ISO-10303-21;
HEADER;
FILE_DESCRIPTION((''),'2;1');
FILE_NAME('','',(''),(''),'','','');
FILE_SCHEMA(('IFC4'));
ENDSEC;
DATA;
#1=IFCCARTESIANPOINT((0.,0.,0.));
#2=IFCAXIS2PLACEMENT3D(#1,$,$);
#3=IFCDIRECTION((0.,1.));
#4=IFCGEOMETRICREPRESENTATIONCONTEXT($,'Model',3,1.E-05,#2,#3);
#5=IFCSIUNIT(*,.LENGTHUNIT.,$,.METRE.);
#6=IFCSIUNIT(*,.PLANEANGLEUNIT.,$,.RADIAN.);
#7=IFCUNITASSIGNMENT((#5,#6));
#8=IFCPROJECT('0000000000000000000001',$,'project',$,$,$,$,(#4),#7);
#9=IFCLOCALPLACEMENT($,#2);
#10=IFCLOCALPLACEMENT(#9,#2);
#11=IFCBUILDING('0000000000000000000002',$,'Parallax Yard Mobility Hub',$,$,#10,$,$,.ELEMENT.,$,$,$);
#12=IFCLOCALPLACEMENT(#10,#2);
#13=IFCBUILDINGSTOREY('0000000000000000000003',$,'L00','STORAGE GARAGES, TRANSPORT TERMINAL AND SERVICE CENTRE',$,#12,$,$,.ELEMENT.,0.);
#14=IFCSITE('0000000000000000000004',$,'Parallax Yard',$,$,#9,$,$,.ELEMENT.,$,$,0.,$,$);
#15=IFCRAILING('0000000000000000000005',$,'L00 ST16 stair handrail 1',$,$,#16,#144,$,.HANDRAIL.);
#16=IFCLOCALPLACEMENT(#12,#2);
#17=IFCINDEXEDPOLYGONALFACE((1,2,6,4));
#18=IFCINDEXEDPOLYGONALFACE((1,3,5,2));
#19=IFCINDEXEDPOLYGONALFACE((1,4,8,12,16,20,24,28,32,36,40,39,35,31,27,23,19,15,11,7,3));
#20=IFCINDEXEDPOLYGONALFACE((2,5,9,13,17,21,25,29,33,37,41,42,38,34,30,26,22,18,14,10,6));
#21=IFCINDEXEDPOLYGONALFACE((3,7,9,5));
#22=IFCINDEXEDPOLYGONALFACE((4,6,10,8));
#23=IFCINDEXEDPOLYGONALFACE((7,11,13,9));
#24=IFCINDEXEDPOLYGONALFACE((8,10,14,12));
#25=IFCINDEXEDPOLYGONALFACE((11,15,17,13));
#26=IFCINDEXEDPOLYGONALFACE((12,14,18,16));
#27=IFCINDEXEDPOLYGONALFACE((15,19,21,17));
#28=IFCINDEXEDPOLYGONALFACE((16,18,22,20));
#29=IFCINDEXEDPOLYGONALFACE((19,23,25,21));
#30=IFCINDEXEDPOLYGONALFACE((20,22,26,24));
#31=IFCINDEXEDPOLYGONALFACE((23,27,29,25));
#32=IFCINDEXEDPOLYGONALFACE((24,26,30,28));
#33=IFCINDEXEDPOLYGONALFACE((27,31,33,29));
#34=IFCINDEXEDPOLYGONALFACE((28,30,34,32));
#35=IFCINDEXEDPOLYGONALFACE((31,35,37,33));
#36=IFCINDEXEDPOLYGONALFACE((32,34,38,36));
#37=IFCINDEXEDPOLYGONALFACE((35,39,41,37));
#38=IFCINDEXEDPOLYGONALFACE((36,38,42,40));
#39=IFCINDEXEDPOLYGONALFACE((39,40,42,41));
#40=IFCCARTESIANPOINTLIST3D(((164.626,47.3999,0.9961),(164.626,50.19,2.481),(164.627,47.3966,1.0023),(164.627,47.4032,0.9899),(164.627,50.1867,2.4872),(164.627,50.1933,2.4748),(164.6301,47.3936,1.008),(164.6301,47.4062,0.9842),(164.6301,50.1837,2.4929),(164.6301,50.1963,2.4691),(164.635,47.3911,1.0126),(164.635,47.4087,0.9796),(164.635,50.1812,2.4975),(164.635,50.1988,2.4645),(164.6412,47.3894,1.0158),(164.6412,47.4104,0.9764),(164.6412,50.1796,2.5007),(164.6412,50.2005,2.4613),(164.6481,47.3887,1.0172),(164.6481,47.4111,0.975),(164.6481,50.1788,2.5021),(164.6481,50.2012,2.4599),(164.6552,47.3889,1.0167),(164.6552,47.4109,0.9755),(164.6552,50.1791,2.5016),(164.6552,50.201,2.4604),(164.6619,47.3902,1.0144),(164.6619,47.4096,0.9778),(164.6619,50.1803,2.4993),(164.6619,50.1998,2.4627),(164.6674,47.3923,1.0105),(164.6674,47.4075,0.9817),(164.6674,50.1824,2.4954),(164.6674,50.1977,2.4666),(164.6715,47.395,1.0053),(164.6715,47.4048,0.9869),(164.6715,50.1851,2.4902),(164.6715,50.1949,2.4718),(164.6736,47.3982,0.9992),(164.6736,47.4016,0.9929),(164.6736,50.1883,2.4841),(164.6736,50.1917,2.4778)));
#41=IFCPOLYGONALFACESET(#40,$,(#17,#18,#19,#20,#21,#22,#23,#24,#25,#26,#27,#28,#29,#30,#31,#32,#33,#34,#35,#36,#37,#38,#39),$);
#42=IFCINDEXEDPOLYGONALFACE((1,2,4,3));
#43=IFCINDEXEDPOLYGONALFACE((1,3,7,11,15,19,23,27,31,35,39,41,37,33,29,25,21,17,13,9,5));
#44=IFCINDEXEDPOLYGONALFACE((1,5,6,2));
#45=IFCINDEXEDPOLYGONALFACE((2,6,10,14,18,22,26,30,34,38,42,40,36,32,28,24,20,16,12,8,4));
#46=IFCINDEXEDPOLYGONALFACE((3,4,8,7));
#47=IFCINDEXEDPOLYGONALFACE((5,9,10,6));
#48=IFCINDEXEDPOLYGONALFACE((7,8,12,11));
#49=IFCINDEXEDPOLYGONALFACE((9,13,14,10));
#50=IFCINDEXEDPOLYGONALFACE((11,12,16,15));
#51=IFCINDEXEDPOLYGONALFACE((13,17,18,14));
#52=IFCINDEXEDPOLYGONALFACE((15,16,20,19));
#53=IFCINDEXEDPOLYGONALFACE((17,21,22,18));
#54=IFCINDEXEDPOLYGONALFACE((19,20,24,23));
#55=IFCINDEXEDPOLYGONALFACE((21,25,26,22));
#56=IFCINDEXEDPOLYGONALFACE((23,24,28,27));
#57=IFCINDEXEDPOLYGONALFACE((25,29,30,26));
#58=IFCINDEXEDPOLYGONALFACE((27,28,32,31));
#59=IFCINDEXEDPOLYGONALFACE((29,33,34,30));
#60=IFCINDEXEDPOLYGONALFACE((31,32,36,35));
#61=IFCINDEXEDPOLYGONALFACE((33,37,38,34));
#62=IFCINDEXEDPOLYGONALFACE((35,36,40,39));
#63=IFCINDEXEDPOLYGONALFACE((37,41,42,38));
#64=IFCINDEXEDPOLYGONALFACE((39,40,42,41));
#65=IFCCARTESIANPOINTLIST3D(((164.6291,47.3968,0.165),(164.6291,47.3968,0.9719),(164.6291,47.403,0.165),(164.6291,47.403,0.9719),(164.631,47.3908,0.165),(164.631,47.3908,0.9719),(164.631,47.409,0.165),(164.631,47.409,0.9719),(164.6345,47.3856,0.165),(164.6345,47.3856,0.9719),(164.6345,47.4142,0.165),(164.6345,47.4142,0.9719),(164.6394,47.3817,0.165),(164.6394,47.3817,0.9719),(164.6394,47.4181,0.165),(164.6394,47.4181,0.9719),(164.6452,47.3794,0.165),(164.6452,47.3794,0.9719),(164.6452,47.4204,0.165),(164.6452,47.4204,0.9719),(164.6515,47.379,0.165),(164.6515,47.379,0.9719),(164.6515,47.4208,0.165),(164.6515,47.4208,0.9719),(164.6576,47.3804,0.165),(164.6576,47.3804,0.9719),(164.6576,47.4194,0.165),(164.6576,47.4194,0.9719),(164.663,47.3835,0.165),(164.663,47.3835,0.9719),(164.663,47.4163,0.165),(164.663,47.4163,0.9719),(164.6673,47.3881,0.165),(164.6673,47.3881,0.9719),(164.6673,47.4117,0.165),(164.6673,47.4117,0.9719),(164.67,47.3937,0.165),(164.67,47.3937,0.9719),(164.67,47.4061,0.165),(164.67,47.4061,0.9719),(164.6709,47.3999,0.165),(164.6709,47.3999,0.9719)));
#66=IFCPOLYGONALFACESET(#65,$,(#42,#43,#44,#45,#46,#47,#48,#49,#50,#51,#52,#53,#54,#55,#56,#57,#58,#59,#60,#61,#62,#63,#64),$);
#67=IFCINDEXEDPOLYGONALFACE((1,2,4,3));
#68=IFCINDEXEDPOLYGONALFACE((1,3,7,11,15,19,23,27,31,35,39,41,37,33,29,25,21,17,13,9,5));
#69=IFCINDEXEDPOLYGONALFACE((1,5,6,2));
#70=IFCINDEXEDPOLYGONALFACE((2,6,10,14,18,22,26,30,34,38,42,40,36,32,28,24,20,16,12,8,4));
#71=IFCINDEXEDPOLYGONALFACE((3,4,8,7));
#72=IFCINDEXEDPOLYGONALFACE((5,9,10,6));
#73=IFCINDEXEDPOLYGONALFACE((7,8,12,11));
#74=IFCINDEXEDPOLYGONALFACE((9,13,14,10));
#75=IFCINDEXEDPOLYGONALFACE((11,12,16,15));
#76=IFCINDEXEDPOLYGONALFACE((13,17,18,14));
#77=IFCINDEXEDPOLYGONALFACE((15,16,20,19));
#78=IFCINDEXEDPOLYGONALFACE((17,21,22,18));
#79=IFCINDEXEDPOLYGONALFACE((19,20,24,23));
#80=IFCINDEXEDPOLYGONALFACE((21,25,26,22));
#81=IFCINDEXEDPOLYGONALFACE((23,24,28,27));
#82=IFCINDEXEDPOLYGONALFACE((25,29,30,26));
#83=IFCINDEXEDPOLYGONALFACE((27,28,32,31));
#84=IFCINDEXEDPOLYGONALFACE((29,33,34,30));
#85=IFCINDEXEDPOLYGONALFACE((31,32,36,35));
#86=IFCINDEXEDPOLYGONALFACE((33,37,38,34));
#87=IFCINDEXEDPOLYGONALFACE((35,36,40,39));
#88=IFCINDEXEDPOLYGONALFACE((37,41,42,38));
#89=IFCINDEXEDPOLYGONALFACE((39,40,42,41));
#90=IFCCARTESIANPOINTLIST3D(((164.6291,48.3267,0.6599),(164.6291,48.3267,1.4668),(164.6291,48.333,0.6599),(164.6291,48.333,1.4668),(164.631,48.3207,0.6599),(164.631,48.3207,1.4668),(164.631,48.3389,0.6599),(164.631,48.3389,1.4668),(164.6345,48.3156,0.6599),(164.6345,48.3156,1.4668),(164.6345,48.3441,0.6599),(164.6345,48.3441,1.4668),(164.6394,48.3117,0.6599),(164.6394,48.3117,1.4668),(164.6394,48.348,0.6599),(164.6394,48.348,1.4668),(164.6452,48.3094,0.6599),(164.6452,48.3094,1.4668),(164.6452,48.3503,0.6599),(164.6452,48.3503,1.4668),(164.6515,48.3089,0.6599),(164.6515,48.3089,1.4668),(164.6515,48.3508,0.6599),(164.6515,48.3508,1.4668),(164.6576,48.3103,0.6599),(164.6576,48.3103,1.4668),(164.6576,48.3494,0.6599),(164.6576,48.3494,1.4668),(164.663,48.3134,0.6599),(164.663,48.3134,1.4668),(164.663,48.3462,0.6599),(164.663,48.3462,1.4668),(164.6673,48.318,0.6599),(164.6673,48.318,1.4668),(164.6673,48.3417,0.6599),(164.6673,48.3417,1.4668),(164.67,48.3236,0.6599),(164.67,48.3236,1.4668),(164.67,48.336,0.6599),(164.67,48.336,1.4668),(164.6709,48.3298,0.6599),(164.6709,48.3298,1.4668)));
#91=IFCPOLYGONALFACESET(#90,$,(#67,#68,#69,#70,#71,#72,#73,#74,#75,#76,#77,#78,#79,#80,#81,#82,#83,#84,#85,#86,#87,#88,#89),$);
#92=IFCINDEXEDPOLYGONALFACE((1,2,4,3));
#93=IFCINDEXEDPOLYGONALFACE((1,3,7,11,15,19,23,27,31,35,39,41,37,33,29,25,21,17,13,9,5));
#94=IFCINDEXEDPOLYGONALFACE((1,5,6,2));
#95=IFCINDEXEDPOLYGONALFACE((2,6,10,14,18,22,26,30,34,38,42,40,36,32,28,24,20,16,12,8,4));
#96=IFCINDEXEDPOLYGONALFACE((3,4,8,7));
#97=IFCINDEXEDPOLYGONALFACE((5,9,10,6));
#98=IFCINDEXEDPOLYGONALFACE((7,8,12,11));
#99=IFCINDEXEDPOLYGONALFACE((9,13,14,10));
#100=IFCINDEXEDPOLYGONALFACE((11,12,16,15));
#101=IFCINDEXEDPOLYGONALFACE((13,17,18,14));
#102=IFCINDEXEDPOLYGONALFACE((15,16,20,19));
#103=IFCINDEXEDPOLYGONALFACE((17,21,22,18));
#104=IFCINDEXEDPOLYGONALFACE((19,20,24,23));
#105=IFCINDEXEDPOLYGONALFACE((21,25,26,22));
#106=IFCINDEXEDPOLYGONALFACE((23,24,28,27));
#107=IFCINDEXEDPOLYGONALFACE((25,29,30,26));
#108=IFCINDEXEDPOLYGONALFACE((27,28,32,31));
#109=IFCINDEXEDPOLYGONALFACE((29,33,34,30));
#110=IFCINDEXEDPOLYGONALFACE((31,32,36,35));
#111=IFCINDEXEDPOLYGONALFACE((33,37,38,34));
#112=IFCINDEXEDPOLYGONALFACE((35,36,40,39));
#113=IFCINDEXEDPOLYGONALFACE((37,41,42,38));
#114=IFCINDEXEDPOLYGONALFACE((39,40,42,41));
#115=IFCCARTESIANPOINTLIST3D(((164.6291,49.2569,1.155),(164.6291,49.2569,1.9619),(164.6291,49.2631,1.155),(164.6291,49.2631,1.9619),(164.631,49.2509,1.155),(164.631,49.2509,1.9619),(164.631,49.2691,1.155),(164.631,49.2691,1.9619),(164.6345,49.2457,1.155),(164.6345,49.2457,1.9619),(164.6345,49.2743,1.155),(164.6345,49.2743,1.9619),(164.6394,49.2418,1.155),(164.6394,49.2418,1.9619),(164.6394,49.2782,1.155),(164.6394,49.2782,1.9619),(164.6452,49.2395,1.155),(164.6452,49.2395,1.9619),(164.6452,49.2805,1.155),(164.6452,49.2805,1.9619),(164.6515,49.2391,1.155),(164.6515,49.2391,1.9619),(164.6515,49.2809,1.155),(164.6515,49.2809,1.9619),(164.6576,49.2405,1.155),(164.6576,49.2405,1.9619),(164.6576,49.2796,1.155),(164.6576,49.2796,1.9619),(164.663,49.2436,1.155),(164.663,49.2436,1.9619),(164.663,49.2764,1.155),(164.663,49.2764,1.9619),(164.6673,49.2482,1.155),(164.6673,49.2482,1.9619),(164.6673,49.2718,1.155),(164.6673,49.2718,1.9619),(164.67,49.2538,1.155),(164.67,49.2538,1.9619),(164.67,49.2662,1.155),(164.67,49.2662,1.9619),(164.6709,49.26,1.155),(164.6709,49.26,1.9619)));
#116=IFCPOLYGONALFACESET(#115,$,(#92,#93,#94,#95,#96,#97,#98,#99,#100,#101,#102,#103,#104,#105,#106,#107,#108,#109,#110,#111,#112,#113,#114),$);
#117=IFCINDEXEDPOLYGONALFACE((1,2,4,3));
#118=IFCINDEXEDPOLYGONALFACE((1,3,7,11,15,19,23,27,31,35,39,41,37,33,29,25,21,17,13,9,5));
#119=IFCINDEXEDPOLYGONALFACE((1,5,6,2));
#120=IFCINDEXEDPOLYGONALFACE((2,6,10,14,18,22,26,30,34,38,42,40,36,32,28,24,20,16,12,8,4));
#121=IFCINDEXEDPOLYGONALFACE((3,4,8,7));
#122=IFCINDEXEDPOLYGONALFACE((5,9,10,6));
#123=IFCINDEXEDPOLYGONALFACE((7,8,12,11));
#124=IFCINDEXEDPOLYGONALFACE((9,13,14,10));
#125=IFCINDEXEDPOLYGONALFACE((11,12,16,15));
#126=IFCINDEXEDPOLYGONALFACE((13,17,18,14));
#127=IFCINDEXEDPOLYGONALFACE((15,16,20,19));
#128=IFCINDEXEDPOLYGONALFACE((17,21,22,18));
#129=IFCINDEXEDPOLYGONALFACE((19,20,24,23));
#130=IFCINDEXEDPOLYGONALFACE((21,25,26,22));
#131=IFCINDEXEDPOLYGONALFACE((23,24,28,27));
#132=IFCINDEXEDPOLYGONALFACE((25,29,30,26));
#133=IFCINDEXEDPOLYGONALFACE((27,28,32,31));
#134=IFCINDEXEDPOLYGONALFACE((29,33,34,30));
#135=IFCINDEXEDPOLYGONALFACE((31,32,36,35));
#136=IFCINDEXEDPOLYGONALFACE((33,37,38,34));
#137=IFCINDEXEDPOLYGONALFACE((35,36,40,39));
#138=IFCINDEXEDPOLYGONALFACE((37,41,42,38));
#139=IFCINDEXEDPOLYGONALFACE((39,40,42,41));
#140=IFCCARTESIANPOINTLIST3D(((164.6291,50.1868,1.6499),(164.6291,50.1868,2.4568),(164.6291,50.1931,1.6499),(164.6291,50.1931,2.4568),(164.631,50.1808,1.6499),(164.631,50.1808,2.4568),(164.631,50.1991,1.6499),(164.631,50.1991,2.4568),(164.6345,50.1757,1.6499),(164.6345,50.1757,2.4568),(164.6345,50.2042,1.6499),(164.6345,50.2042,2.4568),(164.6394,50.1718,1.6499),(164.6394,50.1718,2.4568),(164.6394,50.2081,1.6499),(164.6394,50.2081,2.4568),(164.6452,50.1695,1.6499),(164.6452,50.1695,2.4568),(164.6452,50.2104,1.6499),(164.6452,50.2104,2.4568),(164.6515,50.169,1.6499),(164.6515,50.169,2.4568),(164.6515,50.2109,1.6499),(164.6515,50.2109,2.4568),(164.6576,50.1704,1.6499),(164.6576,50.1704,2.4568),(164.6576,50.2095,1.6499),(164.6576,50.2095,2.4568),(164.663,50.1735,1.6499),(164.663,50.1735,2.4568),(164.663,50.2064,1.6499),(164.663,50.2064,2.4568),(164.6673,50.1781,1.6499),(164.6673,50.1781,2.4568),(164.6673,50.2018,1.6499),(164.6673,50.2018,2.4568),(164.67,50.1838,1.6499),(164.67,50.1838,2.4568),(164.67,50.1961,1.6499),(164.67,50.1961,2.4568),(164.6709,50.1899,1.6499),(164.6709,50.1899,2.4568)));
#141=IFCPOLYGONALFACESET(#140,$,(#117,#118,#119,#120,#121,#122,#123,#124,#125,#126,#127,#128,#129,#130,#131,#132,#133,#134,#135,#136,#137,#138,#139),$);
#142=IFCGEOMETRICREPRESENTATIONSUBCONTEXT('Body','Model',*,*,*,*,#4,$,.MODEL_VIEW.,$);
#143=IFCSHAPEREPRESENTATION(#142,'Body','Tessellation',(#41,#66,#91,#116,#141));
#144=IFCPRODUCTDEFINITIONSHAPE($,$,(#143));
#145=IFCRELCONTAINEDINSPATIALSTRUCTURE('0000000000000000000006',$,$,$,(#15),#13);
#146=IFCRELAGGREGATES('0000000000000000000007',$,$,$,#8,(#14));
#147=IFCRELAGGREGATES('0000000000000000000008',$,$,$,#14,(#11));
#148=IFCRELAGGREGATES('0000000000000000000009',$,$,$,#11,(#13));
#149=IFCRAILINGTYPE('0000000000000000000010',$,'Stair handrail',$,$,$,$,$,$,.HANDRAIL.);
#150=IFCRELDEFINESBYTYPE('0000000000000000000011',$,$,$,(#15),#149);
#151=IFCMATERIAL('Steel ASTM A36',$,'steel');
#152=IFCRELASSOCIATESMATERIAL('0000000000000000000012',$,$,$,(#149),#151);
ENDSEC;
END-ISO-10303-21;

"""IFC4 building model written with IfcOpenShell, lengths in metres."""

from ifc_helpers import new_model, si_unit, direction, frame, origin, origin_2d, place, context, subcontext, project, spatial, circle, extrude, material, type_object, element, save


model = new_model("IFC4")

# Units and contexts
model_context = context("Model", 3, precision=1e-05, world=origin(), true_north=direction((0.0, 1.0)))
body_context = subcontext(model_context, "Body", "Model", "MODEL_VIEW")
ifc_project = project(units=[si_unit("LENGTHUNIT", "METRE"), si_unit("PLANEANGLEUNIT", "RADIAN")], contexts=[model_context])

# Site, building, storey
site_placement = place(None, origin())
site = spatial("IfcSite", under=ifc_project, at=site_placement, Name="Parallax Yard", CompositionType="ELEMENT", RefElevation=0.0)
building_placement = place(site_placement, origin())
building = spatial("IfcBuilding", under=site, at=building_placement, Name="Parallax Yard Mobility Hub", CompositionType="ELEMENT")
storey_placement = place(building_placement, origin())
storey = spatial("IfcBuildingStorey", under=building, at=storey_placement, Name="L00", Description="STORAGE GARAGES, TRANSPORT TERMINAL AND SERVICE CENTRE", CompositionType="ELEMENT", Elevation=0.0)

# Railing
ifc_material_1 = material(Name="Steel ASTM A36", Category="steel")
railing_type_1 = type_object("IfcRailingType", Name="Stair handrail", PredefinedType="HANDRAIL", material=ifc_material_1)
railing_1_placement = place(storey_placement, frame((164.6499, 47.3999, 0.165)))
element("IfcRailing", 1, at=railing_1_placement, inside=storey, type_object=railing_type_1, Name="L00 ST16 stair handrail 1", PredefinedType="HANDRAIL", context=body_context, shape_type="SweptSolid", body=[
    extrude(circle(Radius=0.0239, at=origin_2d()), frame((0.0, 0.0, 0.8311), z_axis=(0.0, 0.882767, 0.46981), x_axis=(-1.0, 0.0, 0.0)), (0.0, 0.0, 1.0), 3.1606),
    extrude(circle(Radius=0.021, at=origin_2d()), origin(), (0.0, 0.0, 1.0), 0.8069),
    extrude(circle(Radius=0.021, at=origin_2d()), frame((0.0, 0.9299, 0.4949)), (0.0, 0.0, 1.0), 0.8069),
    extrude(circle(Radius=0.021, at=origin_2d()), frame((0.0, 1.8601, 0.99)), (0.0, 0.0, 1.0), 0.8069),
    extrude(circle(Radius=0.021, at=origin_2d()), frame((0.0, 2.79, 1.4849)), (0.0, 0.0, 1.0), 0.8069),
])

save(model, "model.ifc")
